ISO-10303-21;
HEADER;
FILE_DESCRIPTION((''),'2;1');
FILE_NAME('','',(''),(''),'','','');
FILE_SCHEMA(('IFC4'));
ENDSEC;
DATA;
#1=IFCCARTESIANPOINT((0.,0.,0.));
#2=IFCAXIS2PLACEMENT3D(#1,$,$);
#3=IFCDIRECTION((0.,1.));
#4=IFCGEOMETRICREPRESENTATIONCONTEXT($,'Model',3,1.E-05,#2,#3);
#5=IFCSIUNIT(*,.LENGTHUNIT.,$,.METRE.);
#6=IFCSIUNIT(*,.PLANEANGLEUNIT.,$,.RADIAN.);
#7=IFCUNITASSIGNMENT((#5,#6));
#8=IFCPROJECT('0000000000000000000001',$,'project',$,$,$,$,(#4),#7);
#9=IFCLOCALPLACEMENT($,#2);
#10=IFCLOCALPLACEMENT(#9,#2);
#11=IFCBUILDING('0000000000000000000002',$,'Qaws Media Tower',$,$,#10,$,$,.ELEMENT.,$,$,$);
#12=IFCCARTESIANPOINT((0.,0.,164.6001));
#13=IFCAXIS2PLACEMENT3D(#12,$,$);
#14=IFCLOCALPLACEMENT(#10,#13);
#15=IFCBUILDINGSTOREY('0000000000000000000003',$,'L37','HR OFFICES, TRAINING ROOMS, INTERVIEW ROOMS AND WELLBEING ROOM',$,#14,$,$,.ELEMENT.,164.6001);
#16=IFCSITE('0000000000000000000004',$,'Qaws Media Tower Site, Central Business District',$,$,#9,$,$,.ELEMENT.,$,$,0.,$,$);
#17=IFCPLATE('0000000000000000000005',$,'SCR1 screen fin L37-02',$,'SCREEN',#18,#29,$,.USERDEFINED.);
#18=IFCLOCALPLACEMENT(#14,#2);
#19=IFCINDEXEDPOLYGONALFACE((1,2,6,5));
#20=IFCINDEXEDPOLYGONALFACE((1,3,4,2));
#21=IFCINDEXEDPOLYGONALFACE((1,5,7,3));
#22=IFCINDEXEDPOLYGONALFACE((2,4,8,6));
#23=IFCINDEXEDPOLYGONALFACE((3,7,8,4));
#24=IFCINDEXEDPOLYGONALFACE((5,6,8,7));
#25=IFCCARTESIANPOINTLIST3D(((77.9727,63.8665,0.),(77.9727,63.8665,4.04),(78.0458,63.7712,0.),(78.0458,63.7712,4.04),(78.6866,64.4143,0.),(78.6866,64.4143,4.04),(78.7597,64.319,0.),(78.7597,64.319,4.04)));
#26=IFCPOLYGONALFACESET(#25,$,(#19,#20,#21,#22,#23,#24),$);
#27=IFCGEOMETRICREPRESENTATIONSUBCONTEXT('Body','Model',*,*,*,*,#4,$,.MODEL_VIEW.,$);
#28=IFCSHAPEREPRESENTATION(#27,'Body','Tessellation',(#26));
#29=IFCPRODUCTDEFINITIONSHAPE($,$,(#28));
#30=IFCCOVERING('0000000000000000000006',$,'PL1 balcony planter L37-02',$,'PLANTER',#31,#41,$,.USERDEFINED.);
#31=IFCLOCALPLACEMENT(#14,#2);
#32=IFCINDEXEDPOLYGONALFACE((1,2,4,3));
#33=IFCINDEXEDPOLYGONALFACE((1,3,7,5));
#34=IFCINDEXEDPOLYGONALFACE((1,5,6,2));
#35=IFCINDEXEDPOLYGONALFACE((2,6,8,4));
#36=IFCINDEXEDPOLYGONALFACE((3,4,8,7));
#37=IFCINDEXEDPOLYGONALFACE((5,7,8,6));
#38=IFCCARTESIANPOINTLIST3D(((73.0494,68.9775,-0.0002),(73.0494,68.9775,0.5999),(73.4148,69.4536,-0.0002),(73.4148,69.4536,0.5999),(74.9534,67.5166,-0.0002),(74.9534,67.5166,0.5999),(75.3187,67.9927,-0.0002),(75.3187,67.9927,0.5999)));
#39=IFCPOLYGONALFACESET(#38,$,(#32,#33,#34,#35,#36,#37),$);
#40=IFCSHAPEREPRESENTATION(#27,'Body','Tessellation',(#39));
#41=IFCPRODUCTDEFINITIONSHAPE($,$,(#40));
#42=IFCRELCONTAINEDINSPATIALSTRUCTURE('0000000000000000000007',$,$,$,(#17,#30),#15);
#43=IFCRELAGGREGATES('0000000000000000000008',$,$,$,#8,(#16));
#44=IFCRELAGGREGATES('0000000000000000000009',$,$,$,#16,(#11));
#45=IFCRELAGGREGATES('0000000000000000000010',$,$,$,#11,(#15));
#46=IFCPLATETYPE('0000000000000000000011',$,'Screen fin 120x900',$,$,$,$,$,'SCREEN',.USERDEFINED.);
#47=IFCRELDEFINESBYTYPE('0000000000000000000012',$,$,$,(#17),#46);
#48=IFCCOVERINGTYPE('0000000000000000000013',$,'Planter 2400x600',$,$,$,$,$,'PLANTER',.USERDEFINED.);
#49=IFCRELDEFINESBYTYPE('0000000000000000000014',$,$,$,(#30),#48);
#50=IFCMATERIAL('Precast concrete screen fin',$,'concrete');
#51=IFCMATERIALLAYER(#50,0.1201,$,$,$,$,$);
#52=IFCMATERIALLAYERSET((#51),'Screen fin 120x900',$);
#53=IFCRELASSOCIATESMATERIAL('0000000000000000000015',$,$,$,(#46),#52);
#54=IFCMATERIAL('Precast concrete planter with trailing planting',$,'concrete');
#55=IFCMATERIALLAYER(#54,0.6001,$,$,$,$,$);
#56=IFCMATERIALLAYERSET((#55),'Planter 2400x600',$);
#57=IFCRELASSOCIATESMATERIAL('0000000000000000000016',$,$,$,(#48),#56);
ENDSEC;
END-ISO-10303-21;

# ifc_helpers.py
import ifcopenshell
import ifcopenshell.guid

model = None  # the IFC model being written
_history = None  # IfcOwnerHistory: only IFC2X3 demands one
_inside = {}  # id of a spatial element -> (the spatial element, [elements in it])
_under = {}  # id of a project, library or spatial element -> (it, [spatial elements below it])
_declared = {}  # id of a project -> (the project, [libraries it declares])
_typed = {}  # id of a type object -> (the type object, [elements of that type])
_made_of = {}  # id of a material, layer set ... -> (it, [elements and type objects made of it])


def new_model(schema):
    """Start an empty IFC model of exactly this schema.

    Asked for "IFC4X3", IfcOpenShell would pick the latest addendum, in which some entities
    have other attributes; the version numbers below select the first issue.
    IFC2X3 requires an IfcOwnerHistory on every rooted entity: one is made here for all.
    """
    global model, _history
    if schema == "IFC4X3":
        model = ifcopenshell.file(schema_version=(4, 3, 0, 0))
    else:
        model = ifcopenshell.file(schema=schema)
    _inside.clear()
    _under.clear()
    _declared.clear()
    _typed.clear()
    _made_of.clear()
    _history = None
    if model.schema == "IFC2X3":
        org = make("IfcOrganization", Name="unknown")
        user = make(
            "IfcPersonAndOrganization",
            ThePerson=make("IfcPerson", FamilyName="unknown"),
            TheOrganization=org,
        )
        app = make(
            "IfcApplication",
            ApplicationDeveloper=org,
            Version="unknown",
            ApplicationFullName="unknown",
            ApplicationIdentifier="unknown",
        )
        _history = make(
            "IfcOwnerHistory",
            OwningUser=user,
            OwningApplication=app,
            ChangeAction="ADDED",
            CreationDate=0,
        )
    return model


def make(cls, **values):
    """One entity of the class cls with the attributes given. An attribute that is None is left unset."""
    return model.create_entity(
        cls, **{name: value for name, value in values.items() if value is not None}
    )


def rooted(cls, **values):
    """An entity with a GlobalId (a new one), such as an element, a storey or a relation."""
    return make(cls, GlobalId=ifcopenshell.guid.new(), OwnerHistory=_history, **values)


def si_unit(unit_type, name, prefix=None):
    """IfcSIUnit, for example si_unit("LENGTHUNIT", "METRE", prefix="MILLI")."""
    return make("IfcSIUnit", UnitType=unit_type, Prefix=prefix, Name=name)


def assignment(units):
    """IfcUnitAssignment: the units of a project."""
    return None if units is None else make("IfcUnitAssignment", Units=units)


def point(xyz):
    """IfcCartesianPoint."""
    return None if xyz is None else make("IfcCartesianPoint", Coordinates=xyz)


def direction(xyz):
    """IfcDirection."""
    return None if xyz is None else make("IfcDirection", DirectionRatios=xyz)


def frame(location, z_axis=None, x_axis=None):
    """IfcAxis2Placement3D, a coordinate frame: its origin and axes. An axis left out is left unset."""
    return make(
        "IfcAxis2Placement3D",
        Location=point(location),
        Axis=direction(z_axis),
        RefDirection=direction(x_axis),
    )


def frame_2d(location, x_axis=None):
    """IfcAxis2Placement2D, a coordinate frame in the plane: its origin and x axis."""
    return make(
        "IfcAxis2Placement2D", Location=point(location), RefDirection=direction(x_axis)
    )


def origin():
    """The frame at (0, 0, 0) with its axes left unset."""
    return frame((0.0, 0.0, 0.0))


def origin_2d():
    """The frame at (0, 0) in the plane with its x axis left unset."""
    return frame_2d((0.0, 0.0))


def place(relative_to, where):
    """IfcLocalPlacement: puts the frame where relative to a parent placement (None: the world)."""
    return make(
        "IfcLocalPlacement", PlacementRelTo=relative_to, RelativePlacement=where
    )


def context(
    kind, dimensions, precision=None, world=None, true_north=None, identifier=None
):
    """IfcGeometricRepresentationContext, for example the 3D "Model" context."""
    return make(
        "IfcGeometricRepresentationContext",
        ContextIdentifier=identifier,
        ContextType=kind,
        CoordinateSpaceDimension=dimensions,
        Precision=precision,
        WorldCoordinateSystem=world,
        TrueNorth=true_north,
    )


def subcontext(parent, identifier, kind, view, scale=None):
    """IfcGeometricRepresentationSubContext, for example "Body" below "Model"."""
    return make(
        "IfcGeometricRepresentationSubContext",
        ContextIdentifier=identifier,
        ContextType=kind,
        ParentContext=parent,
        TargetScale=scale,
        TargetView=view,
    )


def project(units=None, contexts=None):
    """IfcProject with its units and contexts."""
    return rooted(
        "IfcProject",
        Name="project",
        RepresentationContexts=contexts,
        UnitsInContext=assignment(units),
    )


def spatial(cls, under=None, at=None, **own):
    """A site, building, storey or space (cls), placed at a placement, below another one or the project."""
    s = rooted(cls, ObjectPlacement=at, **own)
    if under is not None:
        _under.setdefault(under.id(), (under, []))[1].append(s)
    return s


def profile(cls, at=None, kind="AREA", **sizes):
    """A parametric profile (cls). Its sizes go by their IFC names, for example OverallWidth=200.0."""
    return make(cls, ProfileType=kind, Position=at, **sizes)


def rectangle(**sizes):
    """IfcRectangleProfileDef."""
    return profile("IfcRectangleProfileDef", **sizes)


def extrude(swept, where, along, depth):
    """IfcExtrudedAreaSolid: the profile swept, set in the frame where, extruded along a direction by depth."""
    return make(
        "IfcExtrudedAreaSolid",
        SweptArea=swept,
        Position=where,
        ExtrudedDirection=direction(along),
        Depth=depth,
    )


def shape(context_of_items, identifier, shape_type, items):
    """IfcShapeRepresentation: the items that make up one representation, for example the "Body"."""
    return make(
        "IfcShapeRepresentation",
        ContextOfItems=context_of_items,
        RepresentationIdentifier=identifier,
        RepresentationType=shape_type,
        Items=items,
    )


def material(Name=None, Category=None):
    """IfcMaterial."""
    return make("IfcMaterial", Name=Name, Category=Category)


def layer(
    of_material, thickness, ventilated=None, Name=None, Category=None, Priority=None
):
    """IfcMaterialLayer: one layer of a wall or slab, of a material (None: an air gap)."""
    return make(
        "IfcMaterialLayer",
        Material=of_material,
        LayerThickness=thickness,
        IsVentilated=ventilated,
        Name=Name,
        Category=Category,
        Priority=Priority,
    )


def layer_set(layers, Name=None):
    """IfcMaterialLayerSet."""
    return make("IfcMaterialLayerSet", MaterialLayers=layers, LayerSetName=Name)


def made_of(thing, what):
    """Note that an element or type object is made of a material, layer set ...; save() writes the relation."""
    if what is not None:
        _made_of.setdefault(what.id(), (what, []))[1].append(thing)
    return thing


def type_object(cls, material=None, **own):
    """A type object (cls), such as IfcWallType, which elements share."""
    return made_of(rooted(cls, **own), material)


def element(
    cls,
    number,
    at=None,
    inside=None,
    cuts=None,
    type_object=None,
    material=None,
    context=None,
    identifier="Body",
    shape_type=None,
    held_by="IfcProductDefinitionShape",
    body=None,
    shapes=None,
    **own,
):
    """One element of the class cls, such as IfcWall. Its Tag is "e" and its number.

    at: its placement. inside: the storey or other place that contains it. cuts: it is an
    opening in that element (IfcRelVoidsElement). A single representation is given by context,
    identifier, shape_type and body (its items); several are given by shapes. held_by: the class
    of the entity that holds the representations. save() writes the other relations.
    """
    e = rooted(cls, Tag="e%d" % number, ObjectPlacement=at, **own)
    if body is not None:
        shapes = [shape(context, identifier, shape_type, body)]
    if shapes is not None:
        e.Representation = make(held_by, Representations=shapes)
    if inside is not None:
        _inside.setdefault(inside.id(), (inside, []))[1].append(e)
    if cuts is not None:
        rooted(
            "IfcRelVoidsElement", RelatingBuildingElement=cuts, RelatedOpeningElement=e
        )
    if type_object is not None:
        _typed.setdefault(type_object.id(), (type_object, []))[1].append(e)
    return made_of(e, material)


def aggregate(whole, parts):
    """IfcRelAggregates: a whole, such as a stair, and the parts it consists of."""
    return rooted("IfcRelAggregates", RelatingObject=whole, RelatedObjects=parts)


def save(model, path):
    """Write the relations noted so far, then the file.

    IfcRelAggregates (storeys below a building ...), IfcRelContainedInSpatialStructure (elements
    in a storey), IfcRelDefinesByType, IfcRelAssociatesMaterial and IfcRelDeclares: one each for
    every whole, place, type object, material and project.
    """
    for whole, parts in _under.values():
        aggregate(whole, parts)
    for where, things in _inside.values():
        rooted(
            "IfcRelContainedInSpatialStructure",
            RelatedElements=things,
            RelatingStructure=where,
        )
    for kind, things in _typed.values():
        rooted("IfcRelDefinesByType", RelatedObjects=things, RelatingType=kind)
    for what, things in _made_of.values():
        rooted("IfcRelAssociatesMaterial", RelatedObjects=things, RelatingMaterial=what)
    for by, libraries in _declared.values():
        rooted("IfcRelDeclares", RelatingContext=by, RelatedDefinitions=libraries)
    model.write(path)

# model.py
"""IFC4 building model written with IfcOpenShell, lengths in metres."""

from ifc_helpers import new_model, si_unit, direction, frame, origin, origin_2d, place, context, subcontext, project, spatial, rectangle, extrude, material, layer, layer_set, type_object, element, save


model = new_model("IFC4")

# Units and contexts
model_context = context("Model", 3, precision=1e-05, world=origin(), true_north=direction((0.0, 1.0)))
body_context = subcontext(model_context, "Body", "Model", "MODEL_VIEW")
ifc_project = project(units=[si_unit("LENGTHUNIT", "METRE"), si_unit("PLANEANGLEUNIT", "RADIAN")], contexts=[model_context])

# Site, building, storey
site_placement = place(None, origin())
site = spatial("IfcSite", under=ifc_project, at=site_placement, Name="Qaws Media Tower Site, Central Business District", CompositionType="ELEMENT", RefElevation=0.0)
building_placement = place(site_placement, origin())
building = spatial("IfcBuilding", under=site, at=building_placement, Name="Qaws Media Tower", CompositionType="ELEMENT")
storey_placement = place(building_placement, frame((0.0, 0.0, 164.6001)))
storey = spatial("IfcBuildingStorey", under=building, at=storey_placement, Name="L37", Description="HR OFFICES, TRAINING ROOMS, INTERVIEW ROOMS AND WELLBEING ROOM", CompositionType="ELEMENT", Elevation=164.6001)

# Plate
ifc_material_1 = material(Name="Precast concrete screen fin", Category="concrete")
ifc_layer_1 = layer(ifc_material_1, 0.1201)
ifc_layer_set_1 = layer_set([ifc_layer_1], Name="Screen fin 120x900")
plate_type_1 = type_object("IfcPlateType", Name="Screen fin 120x900", ElementType="SCREEN", PredefinedType="USERDEFINED", material=ifc_layer_set_1)
plate_1_placement = place(storey_placement, frame((78.3662, 64.0928, 0.0), z_axis=(0.0, 0.0, 1.0), x_axis=(0.793353, 0.608761, 0.0)))
element("IfcPlate", 1, at=plate_1_placement, inside=storey, type_object=plate_type_1, Name="SCR1 screen fin L37-02", ObjectType="SCREEN", PredefinedType="USERDEFINED", context=body_context, shape_type="SweptSolid", body=[
    extrude(rectangle(XDim=0.8999, YDim=0.1201, at=origin_2d()), origin(), (0.0, 0.0, 1.0), 4.04),
])

# Covering
ifc_material_2 = material(Name="Precast concrete planter with trailing planting", Category="concrete")
ifc_layer_2 = layer(ifc_material_2, 0.6001)
ifc_layer_set_2 = layer_set([ifc_layer_2], Name="Planter 2400x600")
covering_type = type_object("IfcCoveringType", Name="Planter 2400x600", ElementType="PLANTER", PredefinedType="USERDEFINED", material=ifc_layer_set_2)
covering_placement = place(storey_placement, frame((74.1841, 68.4851, -0.0002), z_axis=(0.0, 0.0, 1.0), x_axis=(-0.793353, 0.608761, 0.0)))
element("IfcCovering", 2, at=covering_placement, inside=storey, type_object=covering_type, Name="PL1 balcony planter L37-02", ObjectType="PLANTER", PredefinedType="USERDEFINED", context=body_context, shape_type="SweptSolid", body=[
    extrude(rectangle(XDim=2.3999, YDim=0.6001, at=origin_2d()), origin(), (0.0, 0.0, 1.0), 0.6001),
])

save(model, "model.ifc")
